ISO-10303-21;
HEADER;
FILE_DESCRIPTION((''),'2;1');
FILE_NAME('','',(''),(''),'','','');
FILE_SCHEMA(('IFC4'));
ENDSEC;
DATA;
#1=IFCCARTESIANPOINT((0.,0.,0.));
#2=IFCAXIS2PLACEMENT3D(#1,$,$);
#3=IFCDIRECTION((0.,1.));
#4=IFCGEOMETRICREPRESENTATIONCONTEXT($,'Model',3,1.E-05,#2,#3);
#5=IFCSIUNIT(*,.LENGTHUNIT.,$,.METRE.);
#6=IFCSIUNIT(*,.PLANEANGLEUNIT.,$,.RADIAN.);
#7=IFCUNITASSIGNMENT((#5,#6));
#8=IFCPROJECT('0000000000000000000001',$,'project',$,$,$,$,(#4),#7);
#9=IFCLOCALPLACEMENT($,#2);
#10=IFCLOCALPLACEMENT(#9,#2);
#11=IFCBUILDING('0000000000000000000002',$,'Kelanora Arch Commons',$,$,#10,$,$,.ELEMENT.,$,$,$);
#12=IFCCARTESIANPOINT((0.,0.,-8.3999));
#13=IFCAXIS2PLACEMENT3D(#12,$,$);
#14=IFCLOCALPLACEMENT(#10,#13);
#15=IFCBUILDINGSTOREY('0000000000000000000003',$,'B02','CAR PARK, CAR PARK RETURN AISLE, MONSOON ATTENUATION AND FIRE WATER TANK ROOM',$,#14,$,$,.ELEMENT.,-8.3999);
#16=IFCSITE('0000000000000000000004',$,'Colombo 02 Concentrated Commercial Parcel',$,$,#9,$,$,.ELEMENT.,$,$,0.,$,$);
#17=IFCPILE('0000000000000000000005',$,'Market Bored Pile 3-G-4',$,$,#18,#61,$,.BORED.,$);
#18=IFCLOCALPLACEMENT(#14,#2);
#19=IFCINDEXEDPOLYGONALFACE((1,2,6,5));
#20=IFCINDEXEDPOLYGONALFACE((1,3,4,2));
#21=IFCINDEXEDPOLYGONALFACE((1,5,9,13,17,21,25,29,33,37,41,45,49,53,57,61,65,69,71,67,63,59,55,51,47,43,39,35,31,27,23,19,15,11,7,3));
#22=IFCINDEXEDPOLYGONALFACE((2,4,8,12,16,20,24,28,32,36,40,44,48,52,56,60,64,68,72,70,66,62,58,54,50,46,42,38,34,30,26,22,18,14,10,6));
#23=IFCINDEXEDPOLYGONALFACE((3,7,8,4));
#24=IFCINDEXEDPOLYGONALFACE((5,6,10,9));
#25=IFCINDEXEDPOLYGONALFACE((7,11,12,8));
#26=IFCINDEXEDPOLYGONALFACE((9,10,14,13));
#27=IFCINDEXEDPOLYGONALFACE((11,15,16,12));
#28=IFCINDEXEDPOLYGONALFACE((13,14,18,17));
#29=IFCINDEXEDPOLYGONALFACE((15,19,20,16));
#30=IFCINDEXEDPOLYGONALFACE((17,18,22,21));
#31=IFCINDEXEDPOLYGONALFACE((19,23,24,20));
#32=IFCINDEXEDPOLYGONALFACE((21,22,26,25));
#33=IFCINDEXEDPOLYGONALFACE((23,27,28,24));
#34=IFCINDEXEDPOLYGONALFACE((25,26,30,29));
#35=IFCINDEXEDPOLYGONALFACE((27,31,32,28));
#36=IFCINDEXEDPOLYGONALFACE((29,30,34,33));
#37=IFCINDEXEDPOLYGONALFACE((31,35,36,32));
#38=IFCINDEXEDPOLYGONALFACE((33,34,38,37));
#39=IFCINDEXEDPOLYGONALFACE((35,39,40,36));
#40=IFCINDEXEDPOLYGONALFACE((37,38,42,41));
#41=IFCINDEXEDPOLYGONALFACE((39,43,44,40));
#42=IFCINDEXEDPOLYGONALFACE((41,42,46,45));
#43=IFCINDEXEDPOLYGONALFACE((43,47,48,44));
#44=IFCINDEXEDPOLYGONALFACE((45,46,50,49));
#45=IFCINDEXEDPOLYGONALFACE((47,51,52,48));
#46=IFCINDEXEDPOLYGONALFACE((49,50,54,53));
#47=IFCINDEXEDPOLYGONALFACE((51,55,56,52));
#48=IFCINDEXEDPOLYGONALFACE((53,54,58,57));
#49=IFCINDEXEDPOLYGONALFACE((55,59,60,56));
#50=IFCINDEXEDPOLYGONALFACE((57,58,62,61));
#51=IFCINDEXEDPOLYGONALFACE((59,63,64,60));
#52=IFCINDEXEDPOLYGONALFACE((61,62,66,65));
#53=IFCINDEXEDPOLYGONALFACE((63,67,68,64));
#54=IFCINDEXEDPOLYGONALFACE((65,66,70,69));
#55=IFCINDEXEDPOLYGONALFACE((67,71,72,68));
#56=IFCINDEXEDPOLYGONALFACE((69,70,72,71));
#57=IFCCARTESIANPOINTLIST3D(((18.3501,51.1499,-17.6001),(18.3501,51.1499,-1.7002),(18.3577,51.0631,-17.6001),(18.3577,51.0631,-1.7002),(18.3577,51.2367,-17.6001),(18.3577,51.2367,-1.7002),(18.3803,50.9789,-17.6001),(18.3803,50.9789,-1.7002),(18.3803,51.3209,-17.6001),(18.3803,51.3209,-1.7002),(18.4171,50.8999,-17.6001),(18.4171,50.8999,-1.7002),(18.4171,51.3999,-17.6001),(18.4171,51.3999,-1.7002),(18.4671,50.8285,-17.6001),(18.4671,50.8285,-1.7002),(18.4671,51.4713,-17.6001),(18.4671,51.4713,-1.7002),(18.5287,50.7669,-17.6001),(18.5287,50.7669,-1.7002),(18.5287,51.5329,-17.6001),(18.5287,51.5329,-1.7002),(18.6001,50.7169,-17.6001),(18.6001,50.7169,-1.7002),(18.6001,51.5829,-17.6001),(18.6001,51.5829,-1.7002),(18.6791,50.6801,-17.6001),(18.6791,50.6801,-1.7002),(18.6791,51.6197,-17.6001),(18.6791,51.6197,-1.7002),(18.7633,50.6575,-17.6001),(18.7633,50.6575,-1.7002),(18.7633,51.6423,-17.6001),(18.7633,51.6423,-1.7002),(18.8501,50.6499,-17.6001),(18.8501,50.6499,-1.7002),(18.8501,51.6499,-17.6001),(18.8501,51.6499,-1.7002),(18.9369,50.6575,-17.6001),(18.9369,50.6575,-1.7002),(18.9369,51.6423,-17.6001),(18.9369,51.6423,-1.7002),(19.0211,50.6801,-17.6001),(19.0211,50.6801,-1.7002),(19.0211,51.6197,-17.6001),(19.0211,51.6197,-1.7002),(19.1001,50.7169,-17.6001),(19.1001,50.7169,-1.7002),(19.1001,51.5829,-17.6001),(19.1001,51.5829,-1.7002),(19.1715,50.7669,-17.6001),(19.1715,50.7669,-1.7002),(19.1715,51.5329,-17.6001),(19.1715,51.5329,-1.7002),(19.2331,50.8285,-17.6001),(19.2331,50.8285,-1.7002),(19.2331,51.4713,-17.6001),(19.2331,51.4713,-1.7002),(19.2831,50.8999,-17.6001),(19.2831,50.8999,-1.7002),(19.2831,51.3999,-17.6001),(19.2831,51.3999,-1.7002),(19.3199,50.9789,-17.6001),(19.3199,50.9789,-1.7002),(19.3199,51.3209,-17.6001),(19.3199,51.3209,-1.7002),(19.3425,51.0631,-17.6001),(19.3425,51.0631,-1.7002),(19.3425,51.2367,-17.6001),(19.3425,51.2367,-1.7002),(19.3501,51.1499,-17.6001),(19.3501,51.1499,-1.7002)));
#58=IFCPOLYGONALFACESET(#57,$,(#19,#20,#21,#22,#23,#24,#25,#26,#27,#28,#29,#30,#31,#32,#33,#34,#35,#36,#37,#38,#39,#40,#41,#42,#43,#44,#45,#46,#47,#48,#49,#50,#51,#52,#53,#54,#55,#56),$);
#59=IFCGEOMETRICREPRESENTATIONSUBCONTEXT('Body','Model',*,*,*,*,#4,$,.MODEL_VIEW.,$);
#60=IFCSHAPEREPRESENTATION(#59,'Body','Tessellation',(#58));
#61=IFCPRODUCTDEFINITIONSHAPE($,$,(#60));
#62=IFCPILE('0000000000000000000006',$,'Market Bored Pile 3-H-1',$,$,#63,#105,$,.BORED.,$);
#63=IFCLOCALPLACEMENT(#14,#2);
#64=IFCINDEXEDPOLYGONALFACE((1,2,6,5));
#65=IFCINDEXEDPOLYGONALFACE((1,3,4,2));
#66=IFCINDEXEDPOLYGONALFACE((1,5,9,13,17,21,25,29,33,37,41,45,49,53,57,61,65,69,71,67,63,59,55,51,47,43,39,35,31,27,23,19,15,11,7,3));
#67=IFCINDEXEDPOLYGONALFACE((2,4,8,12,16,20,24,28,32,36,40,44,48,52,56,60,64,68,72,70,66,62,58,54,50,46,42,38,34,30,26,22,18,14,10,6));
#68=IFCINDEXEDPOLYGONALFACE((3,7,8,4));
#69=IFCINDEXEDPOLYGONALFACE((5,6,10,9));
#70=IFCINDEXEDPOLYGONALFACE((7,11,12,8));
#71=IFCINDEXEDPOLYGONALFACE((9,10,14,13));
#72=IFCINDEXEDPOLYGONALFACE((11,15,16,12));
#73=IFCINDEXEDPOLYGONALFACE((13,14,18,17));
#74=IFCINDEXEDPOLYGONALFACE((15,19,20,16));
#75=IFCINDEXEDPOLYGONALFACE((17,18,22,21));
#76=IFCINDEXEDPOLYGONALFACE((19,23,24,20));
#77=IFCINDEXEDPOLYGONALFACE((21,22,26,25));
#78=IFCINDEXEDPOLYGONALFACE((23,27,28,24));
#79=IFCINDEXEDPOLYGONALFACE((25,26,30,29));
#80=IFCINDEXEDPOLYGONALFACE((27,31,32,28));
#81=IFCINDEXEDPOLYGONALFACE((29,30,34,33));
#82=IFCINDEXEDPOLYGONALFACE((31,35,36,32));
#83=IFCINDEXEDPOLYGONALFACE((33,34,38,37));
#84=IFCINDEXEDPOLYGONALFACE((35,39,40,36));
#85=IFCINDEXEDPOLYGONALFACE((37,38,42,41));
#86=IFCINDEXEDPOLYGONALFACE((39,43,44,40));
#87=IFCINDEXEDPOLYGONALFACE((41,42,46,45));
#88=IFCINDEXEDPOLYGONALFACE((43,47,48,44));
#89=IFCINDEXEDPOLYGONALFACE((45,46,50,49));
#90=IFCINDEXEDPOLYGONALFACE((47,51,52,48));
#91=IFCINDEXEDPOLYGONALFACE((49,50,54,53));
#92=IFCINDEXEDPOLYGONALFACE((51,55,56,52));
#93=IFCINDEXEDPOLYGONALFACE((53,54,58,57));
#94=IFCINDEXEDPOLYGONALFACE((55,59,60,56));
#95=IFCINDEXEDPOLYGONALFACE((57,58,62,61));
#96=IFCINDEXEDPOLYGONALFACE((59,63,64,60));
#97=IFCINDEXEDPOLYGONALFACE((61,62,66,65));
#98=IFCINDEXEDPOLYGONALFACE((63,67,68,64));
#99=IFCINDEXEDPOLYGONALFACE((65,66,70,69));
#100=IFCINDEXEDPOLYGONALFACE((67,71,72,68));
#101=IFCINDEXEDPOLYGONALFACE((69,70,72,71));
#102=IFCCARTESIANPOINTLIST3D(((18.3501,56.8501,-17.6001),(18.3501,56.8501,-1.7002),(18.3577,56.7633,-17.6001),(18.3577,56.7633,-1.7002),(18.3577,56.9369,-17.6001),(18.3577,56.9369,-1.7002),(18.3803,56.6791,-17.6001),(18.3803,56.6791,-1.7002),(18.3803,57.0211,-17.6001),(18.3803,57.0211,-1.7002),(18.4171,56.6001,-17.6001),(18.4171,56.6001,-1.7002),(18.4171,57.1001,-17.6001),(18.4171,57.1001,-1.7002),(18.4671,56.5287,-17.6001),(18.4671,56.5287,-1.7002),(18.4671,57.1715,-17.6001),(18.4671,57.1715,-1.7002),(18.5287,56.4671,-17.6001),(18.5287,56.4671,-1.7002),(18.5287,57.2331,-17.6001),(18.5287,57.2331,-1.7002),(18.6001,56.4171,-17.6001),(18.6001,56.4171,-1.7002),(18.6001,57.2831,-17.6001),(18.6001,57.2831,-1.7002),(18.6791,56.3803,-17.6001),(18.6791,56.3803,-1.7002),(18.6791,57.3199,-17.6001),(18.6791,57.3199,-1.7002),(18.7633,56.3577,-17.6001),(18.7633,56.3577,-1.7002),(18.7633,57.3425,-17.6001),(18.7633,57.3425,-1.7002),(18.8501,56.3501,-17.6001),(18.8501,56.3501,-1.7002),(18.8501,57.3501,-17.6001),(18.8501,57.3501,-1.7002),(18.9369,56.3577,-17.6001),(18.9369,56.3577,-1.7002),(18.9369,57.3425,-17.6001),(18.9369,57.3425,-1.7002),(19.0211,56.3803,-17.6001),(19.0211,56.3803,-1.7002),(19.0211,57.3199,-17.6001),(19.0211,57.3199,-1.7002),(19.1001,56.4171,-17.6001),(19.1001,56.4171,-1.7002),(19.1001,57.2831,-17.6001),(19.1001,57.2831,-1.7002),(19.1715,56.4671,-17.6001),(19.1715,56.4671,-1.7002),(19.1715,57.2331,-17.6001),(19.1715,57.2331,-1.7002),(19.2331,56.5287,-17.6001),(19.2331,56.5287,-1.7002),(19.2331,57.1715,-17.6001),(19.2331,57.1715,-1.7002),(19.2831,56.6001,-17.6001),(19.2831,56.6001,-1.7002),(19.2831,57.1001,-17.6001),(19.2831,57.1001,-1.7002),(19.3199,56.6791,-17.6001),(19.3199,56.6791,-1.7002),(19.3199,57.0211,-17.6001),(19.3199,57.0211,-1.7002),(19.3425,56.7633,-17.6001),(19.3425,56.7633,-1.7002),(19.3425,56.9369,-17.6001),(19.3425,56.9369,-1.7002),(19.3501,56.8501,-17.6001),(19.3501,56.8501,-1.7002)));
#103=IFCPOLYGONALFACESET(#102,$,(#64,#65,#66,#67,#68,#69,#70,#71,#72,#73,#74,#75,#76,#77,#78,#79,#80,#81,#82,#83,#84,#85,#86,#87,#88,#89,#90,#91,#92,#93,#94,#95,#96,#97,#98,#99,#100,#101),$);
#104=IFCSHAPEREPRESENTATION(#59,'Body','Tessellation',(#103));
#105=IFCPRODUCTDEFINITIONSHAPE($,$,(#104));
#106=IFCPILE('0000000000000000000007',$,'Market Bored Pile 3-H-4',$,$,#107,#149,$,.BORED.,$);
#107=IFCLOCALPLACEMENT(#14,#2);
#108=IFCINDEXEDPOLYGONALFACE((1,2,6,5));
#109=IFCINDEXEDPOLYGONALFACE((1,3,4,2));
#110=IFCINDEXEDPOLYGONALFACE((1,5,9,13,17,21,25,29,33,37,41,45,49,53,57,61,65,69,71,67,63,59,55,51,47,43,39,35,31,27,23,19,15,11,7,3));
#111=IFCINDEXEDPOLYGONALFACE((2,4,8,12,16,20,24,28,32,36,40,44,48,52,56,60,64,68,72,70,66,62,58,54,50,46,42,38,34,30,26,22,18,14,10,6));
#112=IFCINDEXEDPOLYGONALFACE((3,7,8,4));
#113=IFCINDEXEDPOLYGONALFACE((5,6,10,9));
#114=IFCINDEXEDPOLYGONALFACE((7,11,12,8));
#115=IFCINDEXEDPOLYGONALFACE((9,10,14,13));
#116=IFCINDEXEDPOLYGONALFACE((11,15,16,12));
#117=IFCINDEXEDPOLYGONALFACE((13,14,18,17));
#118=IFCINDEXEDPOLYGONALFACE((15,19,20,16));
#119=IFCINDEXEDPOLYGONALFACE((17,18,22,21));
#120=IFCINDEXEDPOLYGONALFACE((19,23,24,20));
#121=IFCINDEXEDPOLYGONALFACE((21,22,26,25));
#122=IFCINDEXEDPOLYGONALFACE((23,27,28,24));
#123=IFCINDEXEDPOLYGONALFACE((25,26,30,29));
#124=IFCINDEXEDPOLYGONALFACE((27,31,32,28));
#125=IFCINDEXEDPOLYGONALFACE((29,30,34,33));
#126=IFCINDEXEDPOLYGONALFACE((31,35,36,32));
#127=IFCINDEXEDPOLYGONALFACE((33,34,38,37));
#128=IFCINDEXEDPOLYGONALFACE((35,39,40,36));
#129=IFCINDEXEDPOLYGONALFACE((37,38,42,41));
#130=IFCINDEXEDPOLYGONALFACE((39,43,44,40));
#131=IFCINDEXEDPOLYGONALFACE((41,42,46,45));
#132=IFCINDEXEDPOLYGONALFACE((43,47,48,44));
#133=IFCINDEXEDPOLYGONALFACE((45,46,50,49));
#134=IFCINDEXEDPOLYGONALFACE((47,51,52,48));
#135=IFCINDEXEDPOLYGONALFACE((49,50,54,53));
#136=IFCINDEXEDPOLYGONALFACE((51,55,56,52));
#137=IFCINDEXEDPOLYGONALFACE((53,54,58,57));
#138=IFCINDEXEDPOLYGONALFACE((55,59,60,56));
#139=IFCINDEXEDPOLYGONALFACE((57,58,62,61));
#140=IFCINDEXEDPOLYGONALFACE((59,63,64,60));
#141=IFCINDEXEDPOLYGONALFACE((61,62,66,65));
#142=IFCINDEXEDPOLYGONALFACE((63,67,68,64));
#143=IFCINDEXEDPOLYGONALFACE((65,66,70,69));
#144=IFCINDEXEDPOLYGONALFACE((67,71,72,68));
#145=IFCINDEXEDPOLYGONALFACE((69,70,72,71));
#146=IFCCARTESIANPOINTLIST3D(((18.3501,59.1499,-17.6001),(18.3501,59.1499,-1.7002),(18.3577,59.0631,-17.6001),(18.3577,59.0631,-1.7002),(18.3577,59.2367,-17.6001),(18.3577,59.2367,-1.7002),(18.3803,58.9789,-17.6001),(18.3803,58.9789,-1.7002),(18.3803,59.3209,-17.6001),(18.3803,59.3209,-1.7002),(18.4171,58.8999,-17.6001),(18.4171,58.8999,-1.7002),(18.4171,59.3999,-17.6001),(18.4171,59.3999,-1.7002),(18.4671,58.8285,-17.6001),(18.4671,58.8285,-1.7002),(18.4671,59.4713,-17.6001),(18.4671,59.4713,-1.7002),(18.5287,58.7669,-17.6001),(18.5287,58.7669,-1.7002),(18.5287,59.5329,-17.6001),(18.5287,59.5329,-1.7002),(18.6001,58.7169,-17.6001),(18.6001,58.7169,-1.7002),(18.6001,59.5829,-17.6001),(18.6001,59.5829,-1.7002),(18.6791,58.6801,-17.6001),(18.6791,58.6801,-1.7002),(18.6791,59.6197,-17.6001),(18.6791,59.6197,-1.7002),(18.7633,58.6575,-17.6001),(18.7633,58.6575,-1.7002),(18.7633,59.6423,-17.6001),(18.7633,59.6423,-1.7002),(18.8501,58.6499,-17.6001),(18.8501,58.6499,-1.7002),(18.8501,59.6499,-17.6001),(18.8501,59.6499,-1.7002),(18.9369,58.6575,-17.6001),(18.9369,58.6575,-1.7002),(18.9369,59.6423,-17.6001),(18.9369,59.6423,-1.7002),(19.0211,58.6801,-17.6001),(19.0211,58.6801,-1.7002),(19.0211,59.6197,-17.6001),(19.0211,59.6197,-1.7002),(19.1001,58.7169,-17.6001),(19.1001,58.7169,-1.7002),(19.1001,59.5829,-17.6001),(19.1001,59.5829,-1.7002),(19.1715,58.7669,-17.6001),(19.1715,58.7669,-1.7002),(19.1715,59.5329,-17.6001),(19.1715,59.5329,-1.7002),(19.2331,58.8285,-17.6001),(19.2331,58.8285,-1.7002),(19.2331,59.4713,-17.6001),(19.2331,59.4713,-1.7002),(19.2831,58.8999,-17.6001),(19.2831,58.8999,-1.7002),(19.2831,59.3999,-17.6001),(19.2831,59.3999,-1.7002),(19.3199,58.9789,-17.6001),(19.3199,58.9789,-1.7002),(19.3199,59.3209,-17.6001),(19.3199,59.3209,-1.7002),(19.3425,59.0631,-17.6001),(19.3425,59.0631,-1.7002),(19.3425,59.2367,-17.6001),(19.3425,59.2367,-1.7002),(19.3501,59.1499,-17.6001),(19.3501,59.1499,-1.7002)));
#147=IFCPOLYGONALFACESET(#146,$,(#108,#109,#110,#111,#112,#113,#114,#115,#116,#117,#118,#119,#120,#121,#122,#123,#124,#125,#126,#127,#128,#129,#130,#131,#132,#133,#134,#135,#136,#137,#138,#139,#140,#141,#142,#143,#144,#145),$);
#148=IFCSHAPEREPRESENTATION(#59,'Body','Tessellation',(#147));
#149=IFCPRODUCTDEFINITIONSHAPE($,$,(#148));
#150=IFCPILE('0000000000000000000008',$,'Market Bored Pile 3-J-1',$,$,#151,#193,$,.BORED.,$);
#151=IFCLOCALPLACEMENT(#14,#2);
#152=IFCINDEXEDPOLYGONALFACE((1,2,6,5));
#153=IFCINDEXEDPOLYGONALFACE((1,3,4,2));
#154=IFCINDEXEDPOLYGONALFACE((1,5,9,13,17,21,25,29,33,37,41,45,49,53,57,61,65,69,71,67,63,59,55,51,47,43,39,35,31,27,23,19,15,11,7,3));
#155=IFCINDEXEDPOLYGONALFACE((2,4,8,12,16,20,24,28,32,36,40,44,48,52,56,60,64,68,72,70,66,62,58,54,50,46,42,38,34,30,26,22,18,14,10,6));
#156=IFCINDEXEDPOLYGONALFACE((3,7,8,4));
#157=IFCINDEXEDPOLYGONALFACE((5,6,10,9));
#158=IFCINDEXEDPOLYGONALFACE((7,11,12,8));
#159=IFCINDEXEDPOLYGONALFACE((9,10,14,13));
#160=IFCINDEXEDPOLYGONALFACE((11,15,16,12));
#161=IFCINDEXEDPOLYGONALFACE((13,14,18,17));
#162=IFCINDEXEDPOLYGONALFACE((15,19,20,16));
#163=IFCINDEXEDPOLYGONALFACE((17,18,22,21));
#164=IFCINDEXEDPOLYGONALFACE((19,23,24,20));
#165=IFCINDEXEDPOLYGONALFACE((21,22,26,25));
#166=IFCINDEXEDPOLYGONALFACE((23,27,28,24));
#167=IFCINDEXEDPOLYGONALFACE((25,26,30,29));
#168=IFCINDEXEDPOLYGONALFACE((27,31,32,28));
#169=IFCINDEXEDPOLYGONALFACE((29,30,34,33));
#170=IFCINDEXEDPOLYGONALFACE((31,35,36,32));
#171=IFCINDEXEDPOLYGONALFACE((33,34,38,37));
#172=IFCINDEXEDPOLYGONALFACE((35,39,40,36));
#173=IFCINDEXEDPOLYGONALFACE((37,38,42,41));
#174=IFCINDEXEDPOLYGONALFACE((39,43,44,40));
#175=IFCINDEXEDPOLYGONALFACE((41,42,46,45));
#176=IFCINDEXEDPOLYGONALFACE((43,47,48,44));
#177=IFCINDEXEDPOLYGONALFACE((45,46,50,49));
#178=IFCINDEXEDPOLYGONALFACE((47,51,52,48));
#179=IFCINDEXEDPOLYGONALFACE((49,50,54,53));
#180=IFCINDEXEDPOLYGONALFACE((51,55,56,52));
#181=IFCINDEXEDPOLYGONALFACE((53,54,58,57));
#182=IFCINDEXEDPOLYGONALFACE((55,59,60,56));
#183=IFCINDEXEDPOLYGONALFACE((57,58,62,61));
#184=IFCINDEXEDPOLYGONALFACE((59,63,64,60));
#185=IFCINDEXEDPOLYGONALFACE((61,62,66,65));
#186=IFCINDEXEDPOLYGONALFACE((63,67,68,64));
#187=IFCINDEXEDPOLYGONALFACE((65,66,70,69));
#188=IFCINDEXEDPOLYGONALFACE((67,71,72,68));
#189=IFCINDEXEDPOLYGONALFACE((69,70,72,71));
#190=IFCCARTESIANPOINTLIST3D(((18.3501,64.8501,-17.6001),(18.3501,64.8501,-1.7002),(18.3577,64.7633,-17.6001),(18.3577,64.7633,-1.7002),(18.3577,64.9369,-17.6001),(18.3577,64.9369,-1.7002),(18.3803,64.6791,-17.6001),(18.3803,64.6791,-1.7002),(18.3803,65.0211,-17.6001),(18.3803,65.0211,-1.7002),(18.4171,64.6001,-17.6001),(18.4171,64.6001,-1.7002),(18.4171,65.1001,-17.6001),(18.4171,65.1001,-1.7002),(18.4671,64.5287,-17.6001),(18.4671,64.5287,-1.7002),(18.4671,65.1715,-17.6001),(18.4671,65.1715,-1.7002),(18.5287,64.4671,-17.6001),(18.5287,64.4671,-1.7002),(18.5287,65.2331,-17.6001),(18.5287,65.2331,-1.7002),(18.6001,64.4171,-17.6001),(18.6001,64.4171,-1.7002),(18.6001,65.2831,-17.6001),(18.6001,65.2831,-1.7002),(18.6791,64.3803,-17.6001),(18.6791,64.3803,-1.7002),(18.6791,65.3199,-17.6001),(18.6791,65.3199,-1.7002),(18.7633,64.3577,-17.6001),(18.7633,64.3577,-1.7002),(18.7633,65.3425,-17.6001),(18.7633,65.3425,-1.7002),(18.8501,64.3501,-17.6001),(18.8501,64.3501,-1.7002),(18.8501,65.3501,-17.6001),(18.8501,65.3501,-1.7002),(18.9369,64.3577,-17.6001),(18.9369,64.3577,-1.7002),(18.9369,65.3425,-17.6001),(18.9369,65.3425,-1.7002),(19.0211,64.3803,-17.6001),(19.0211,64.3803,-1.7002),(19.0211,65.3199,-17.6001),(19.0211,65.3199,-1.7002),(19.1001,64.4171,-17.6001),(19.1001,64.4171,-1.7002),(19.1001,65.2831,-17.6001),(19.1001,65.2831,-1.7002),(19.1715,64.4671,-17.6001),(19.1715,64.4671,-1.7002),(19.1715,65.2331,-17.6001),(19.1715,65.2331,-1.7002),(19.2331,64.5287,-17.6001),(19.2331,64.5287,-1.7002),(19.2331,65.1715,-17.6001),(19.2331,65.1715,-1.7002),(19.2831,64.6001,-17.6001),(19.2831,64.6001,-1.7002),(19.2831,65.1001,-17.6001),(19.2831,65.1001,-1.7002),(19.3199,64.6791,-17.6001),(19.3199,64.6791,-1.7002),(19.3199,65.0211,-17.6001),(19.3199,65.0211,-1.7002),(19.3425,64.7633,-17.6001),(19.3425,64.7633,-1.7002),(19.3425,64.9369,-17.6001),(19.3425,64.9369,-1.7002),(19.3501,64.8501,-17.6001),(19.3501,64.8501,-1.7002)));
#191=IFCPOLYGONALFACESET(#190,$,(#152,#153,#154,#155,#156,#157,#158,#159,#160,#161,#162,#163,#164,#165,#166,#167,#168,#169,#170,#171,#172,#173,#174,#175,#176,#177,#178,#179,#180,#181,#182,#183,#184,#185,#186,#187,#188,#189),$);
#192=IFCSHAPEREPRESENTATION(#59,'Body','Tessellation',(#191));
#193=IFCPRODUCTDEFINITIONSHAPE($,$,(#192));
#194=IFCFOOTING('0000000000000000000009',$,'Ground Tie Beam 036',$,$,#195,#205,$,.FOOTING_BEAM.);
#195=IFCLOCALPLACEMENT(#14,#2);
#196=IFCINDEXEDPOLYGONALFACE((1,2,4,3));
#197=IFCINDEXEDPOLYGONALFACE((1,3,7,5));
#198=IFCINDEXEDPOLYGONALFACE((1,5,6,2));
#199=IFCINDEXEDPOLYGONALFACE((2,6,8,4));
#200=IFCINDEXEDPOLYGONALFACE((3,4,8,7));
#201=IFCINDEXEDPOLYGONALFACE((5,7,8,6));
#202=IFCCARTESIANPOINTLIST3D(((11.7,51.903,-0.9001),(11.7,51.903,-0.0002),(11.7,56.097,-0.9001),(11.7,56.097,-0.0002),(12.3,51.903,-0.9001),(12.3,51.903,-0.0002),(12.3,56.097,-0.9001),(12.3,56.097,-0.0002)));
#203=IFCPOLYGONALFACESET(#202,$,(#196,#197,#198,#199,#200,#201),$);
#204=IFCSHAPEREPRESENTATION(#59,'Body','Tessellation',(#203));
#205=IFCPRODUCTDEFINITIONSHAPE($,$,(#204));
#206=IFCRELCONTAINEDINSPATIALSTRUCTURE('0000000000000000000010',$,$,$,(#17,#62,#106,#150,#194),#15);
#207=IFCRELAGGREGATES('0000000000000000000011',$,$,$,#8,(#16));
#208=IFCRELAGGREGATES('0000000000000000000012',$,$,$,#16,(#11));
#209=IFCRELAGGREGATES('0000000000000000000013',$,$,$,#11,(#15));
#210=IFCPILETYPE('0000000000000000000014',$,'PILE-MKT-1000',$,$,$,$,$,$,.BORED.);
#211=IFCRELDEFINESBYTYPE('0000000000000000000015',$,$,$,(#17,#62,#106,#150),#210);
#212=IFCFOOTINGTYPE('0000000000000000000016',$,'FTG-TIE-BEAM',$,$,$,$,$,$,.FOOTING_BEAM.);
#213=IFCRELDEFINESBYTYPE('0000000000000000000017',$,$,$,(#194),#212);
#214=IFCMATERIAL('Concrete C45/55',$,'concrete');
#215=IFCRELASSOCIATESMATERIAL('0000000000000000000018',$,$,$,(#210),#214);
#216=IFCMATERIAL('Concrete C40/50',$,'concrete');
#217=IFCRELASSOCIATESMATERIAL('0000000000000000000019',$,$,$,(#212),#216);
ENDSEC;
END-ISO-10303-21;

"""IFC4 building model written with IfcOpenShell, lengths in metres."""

from ifc_helpers import new_model, si_unit, direction, frame, origin, origin_2d, place, context, subcontext, project, spatial, rectangle, circle, extrude, source, transform, mapped, material, material_profile, profile_set, type_object, element, save


model = new_model("IFC4")

# Units and contexts
model_context = context("Model", 3, precision=1e-05, world=origin(), true_north=direction((0.0, 1.0)))
body_context = subcontext(model_context, "Body", "Model", "MODEL_VIEW")
ifc_project = project(units=[si_unit("LENGTHUNIT", "METRE"), si_unit("PLANEANGLEUNIT", "RADIAN")], contexts=[model_context])

# Site, building, storey
site_placement = place(None, origin())
site = spatial("IfcSite", under=ifc_project, at=site_placement, Name="Colombo 02 Concentrated Commercial Parcel", CompositionType="ELEMENT", RefElevation=0.0)
building_placement = place(site_placement, origin())
building = spatial("IfcBuilding", under=site, at=building_placement, Name="Kelanora Arch Commons", CompositionType="ELEMENT")
storey_placement = place(building_placement, frame((0.0, 0.0, -8.3999)))
storey = spatial("IfcBuildingStorey", under=building, at=storey_placement, Name="B02", Description="CAR PARK, CAR PARK RETURN AISLE, MONSOON ATTENUATION AND FIRE WATER TANK ROOM", CompositionType="ELEMENT", Elevation=-8.3999)

# Shared definitions
ifc_material_1 = material(Name="Concrete C40/50", Category="concrete")

# Piles
ifc_material_2 = material(Name="Concrete C45/55", Category="concrete")
ifc_material_profile_1 = material_profile(ifc_material_2, circle(Radius=0.5, at=origin_2d()), Name="PILE1000")
ifc_profile_set_1 = profile_set([ifc_material_profile_1], Name="Concrete C45/55")
pile_type = type_object("IfcPileType", Name="PILE-MKT-1000", PredefinedType="BORED", material=ifc_profile_set_1)
shared_shape_1 = source(origin(), body_context, "Body", "SweptSolid", [
    extrude(circle(Radius=0.5, at=origin_2d()), origin(), (0.0, 0.0, 1.0), 15.8999),
])
for number, where, z_axis, x_axis, name in (
    (1, (18.8501, 51.1499, -1.7002), (0.0, 0.0, -1.0), (1.0, 0.0, 0.0), "Market Bored Pile 3-G-4"),
    (2, (18.8501, 56.8501, -1.7002), (0.0, 0.0, -1.0), (1.0, 0.0, 0.0), "Market Bored Pile 3-H-1"),
    (3, (18.8501, 59.1499, -1.7002), (0.0, 0.0, -1.0), (1.0, 0.0, 0.0), "Market Bored Pile 3-H-4"),
    (4, (18.8501, 64.8501, -1.7002), (0.0, 0.0, -1.0), (1.0, 0.0, 0.0), "Market Bored Pile 3-J-1"),
):
    element("IfcPile", number, at=place(storey_placement, frame(where, z_axis=z_axis, x_axis=x_axis)), inside=storey, type_object=pile_type, Name=name, PredefinedType="BORED", context=body_context, shape_type="MappedRepresentation", body=[
        mapped(shared_shape_1, transform((0.0, 0.0, 0.0), scale=1.0)),
    ])

# Footing
footing_type_1 = type_object("IfcFootingType", Name="FTG-TIE-BEAM", PredefinedType="FOOTING_BEAM", material=ifc_material_1)
shared_shape_2 = source(origin(), body_context, "Body", "SweptSolid", [
    extrude(rectangle(XDim=4.1941, YDim=0.6001, at=origin_2d()), origin(), (0.0, 0.0, 1.0), 0.8999),
])
for number, where, z_axis, x_axis, name in (
    (5, (12.0, 54.0, -0.9001), (0.0, 0.0, 1.0), (0.0, 1.0, 0.0), "Ground Tie Beam 036"),
):
    element("IfcFooting", number, at=place(storey_placement, frame(where, z_axis=z_axis, x_axis=x_axis)), inside=storey, type_object=footing_type_1, Name=name, PredefinedType="FOOTING_BEAM", context=body_context, shape_type="MappedRepresentation", body=[
        mapped(shared_shape_2, transform((0.0, 0.0, 0.0), scale=1.0)),
    ])

save(model, "model.ifc")
